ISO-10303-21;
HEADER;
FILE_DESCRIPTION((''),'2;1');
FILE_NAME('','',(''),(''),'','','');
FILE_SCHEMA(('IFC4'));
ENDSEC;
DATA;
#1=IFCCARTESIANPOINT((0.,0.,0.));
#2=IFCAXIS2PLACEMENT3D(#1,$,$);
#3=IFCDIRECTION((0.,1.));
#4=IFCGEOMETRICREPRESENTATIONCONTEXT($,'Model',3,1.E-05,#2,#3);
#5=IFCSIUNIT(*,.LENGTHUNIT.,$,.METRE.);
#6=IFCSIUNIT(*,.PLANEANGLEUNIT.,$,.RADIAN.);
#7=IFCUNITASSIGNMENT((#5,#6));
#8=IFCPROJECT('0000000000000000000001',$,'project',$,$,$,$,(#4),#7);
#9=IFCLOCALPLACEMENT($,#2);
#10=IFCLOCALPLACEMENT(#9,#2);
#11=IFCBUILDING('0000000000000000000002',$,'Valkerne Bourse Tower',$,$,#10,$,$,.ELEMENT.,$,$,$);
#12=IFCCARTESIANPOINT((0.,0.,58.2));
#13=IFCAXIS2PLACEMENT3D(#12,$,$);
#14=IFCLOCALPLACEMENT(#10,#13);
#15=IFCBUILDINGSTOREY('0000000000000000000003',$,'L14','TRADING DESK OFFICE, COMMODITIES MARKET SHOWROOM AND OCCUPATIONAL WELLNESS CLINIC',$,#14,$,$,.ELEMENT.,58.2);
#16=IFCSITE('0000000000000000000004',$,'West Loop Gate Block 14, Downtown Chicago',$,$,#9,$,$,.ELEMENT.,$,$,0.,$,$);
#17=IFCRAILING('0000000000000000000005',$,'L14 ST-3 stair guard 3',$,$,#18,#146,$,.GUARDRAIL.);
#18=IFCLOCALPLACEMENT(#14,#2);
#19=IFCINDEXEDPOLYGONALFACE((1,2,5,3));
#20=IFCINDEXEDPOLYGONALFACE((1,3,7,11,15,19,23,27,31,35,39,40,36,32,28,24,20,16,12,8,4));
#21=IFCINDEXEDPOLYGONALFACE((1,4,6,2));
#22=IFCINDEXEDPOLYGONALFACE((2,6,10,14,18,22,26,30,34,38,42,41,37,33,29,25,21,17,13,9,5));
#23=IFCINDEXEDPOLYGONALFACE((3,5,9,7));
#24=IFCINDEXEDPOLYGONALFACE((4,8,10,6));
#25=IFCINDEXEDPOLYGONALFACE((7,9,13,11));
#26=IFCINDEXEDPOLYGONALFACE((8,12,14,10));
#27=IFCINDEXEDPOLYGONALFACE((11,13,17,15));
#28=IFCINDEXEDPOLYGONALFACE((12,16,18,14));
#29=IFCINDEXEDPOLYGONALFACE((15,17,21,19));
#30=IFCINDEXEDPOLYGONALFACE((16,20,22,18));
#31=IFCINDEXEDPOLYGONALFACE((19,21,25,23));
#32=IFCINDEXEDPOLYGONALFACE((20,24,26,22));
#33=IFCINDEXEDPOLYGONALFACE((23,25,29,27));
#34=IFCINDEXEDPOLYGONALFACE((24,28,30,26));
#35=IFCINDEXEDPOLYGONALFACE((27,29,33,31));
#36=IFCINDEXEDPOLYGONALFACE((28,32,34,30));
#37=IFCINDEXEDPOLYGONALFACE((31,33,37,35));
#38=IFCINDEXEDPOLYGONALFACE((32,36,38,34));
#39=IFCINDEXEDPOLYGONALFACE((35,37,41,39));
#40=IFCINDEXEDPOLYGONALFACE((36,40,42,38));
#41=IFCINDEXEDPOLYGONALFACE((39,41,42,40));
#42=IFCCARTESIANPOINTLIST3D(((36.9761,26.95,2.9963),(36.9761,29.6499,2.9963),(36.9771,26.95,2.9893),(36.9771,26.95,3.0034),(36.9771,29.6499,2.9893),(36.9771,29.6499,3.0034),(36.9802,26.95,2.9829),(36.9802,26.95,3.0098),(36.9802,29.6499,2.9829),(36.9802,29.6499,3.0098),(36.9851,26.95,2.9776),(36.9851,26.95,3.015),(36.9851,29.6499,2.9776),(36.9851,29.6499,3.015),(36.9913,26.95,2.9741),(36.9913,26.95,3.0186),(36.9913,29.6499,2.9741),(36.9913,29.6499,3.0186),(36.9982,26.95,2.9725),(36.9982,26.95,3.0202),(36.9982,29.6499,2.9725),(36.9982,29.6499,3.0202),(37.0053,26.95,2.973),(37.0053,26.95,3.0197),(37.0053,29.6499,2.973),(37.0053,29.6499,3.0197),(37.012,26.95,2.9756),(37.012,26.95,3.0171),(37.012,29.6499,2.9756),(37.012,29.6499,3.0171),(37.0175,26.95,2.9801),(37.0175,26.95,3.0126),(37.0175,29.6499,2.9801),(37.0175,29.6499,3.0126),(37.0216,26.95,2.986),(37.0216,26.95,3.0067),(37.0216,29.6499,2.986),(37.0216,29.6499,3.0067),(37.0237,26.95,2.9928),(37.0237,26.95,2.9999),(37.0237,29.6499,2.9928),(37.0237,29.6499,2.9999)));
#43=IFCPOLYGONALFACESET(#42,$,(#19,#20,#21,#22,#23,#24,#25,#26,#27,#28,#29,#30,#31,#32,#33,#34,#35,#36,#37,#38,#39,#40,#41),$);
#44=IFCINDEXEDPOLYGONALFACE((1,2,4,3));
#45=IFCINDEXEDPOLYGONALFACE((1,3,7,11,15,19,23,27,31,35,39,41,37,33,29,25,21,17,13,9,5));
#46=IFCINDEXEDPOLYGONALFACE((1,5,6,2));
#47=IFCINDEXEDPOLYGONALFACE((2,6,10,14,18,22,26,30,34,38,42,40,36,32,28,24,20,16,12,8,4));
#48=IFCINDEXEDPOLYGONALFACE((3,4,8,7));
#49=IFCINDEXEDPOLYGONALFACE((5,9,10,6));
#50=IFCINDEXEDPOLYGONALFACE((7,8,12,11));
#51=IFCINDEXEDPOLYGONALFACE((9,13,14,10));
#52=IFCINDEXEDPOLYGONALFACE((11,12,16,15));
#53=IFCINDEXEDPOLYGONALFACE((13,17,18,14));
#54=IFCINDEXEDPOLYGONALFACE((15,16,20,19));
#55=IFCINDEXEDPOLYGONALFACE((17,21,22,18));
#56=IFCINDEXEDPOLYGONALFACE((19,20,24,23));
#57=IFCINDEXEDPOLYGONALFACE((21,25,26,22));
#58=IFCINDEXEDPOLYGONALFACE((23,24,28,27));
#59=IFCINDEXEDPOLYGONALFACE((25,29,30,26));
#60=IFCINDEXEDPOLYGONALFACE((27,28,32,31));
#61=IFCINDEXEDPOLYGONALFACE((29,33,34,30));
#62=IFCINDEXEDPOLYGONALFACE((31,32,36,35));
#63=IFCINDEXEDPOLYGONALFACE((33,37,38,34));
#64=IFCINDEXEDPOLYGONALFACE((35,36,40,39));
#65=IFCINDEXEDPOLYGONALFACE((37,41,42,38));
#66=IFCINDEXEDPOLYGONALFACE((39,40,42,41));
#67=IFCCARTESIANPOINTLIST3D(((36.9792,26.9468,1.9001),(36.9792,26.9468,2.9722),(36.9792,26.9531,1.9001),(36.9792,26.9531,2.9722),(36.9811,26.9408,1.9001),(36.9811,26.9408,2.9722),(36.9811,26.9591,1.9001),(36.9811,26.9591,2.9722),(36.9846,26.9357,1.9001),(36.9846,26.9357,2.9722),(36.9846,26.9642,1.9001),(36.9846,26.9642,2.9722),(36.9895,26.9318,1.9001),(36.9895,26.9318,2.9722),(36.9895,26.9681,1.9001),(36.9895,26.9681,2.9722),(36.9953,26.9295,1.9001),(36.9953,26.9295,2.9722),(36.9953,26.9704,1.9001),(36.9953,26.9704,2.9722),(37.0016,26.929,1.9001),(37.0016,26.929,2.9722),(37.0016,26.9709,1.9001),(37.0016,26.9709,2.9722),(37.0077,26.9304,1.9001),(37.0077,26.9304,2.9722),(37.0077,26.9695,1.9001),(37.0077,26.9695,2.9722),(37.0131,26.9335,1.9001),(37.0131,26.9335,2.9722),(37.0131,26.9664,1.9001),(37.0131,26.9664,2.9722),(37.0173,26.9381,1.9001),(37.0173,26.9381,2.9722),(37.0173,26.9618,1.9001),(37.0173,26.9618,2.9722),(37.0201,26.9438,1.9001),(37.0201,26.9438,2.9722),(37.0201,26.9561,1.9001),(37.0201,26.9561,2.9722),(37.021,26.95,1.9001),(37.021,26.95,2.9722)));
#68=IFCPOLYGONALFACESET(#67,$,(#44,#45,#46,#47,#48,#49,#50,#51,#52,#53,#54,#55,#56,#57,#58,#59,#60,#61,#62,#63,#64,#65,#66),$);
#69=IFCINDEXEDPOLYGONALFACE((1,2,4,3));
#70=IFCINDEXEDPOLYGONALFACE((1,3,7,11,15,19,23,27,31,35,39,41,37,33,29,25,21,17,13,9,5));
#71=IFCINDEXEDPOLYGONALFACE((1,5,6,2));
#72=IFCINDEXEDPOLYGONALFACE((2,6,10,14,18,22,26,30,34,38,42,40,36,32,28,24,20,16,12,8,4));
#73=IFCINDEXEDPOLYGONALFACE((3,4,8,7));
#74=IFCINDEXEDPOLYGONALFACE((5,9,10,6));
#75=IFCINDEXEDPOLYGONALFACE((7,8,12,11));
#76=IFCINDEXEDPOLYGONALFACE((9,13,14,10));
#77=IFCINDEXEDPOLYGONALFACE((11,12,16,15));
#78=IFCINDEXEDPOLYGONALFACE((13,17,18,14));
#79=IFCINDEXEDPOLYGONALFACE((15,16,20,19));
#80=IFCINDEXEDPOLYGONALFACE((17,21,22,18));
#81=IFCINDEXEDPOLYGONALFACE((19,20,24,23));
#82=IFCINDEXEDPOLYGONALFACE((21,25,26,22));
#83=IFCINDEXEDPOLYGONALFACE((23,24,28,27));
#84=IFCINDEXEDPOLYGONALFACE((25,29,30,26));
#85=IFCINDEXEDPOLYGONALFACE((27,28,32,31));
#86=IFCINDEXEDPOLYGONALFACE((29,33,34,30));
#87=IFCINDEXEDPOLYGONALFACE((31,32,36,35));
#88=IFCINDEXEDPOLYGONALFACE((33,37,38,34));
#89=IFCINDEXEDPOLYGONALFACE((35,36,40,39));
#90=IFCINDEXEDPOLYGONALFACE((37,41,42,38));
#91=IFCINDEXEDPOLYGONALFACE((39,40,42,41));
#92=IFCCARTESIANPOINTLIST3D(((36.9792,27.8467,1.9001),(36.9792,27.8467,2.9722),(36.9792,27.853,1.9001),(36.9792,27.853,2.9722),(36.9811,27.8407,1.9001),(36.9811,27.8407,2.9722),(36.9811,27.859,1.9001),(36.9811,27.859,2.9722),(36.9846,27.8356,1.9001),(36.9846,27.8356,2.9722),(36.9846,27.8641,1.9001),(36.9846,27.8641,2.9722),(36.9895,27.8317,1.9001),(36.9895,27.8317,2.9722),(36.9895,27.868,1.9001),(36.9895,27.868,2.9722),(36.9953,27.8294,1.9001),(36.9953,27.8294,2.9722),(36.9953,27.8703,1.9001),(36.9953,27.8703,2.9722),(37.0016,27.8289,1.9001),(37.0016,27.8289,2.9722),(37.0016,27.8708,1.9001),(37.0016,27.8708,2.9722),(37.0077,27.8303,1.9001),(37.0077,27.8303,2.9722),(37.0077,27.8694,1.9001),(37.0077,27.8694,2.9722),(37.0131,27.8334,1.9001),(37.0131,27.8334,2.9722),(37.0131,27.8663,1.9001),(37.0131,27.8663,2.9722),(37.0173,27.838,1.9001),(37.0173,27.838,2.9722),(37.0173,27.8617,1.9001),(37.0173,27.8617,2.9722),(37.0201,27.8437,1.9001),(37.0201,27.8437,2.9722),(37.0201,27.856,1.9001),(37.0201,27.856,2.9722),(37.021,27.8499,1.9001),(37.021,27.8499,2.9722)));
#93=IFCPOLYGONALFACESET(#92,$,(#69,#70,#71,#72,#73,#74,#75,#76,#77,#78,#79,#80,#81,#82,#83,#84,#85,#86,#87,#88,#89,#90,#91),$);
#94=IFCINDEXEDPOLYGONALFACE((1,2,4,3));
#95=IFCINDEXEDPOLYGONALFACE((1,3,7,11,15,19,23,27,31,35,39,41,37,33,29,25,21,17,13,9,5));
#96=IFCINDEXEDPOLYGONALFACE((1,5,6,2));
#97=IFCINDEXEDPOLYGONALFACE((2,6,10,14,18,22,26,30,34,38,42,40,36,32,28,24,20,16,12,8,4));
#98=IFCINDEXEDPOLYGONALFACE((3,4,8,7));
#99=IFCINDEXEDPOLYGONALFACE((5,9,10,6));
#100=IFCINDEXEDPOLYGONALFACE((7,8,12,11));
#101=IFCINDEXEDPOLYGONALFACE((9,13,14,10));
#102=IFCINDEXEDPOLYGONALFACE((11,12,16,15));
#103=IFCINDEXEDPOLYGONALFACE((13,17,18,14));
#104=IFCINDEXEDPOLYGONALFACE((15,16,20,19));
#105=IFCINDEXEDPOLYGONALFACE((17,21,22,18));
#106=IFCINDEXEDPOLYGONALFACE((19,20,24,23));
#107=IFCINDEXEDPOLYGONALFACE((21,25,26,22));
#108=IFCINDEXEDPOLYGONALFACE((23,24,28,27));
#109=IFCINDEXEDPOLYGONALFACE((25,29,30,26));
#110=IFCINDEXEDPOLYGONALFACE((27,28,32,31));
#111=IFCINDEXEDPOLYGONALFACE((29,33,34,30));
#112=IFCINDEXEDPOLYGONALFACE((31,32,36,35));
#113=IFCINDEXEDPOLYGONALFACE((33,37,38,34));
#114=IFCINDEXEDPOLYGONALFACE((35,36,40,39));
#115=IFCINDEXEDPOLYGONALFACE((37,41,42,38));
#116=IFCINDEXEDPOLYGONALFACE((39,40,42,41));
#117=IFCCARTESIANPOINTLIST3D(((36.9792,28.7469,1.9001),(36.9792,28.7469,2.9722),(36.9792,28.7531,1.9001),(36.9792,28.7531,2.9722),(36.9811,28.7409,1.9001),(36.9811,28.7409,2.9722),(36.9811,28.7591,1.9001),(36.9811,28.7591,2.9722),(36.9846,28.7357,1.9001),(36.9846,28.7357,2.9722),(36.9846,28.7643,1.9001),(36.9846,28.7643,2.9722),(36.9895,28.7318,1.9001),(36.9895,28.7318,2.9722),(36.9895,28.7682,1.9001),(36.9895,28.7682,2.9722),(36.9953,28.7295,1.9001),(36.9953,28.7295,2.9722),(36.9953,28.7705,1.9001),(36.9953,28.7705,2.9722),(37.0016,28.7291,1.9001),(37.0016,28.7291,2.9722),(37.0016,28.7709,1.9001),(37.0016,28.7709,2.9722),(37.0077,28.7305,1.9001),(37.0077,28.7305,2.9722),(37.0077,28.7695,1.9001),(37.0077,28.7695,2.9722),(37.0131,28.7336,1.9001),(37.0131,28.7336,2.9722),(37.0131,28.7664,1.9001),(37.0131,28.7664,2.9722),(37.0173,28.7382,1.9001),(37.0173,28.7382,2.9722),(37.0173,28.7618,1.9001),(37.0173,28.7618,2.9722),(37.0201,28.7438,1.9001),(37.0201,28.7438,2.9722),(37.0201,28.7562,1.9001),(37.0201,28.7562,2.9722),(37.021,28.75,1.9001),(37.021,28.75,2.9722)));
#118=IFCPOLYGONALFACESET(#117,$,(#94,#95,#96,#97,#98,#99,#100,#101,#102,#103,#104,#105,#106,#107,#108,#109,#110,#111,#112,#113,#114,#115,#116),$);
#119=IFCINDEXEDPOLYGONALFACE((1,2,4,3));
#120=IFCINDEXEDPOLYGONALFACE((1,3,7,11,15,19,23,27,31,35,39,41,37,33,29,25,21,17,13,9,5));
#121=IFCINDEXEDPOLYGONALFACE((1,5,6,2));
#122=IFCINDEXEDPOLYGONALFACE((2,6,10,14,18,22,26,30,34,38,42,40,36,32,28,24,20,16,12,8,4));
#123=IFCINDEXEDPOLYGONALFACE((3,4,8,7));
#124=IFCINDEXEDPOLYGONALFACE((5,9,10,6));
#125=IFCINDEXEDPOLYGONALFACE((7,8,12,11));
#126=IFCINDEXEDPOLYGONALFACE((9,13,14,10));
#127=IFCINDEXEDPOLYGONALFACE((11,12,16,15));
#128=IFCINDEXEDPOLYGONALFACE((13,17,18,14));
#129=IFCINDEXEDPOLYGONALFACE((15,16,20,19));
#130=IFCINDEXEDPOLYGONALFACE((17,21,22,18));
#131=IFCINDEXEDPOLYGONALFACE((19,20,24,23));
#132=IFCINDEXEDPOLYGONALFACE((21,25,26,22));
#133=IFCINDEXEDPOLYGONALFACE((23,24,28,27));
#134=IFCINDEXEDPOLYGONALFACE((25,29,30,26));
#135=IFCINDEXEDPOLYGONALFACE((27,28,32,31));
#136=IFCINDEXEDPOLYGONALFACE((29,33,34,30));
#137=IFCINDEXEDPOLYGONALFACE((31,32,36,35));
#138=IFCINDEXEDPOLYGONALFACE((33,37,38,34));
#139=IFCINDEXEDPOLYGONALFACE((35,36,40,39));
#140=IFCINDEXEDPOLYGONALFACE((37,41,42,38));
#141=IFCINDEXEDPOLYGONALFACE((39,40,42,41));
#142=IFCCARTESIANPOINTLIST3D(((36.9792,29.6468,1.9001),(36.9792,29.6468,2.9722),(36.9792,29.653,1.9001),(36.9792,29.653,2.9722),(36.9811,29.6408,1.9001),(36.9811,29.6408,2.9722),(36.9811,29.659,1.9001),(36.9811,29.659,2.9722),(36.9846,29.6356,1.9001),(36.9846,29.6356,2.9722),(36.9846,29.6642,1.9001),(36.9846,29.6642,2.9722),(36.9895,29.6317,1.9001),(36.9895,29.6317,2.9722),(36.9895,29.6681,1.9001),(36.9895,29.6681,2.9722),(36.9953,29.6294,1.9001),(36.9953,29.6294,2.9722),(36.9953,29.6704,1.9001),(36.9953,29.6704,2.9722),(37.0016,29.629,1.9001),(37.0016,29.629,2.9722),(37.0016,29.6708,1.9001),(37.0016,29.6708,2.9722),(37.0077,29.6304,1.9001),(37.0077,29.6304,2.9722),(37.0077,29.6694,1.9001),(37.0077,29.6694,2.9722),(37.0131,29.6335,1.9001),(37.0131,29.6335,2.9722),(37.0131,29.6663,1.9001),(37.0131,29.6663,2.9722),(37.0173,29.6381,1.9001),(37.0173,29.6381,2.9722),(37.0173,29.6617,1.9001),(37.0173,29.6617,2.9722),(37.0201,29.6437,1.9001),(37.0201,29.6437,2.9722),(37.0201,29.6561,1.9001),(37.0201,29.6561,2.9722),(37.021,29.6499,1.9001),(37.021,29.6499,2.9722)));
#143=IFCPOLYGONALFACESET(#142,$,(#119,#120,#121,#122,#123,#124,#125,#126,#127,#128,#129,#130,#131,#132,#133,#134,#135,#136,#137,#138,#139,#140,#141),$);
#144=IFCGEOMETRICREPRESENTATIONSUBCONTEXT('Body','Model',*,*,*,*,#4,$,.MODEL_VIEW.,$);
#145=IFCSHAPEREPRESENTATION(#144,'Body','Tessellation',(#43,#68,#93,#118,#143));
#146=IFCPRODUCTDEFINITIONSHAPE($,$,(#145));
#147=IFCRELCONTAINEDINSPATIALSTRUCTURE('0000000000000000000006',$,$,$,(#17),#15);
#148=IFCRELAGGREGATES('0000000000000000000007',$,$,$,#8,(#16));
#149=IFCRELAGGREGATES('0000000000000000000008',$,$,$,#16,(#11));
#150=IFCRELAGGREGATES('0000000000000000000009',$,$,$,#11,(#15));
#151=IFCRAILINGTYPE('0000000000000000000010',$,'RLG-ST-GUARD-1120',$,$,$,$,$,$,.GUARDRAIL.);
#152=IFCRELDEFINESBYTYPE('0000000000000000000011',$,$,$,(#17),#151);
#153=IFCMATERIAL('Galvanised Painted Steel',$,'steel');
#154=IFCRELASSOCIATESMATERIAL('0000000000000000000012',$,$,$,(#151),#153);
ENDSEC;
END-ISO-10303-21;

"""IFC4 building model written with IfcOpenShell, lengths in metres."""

from ifc_helpers import new_model, si_unit, direction, frame, origin, origin_2d, place, context, subcontext, project, spatial, circle, extrude, material, type_object, element, save


model = new_model("IFC4")

# Units and contexts
model_context = context("Model", 3, precision=1e-05, world=origin(), true_north=direction((0.0, 1.0)))
body_context = subcontext(model_context, "Body", "Model", "MODEL_VIEW")
ifc_project = project(units=[si_unit("LENGTHUNIT", "METRE"), si_unit("PLANEANGLEUNIT", "RADIAN")], contexts=[model_context])

# Site, building, storey
site_placement = place(None, origin())
site = spatial("IfcSite", under=ifc_project, at=site_placement, Name="West Loop Gate Block 14, Downtown Chicago", CompositionType="ELEMENT", RefElevation=0.0)
building_placement = place(site_placement, origin())
building = spatial("IfcBuilding", under=site, at=building_placement, Name="Valkerne Bourse Tower", CompositionType="ELEMENT")
storey_placement = place(building_placement, frame((0.0, 0.0, 58.2)))
storey = spatial("IfcBuildingStorey", under=building, at=storey_placement, Name="L14", Description="TRADING DESK OFFICE, COMMODITIES MARKET SHOWROOM AND OCCUPATIONAL WELLNESS CLINIC", CompositionType="ELEMENT", Elevation=58.2)

# Railing
ifc_material_1 = material(Name="Galvanised Painted Steel", Category="steel")
railing_type_1 = type_object("IfcRailingType", Name="RLG-ST-GUARD-1120", PredefinedType="GUARDRAIL", material=ifc_material_1)
for number, where, name in (
    (1, (37.0, 26.95, 1.9001), "L14 ST-3 stair guard 3"),
):
    element("IfcRailing", number, at=place(storey_placement, frame(where)), inside=storey, type_object=railing_type_1, Name=name, PredefinedType="GUARDRAIL", context=body_context, shape_type="SweptSolid", body=[
        extrude(circle(Radius=0.0239, at=origin_2d()), frame((0.0, 0.0, 1.0962), z_axis=(0.0, 1.0, 0.0), x_axis=(-1.0, 0.0, 0.0)), (0.0, 0.0, 1.0), 2.7),
        extrude(circle(Radius=0.021, at=origin_2d()), origin(), (0.0, 0.0, 1.0), 1.072),
        extrude(circle(Radius=0.021, at=origin_2d()), frame((0.0, 0.8999, 0.0)), (0.0, 0.0, 1.0), 1.072),
        extrude(circle(Radius=0.021, at=origin_2d()), frame((0.0, 1.8, 0.0)), (0.0, 0.0, 1.0), 1.072),
        extrude(circle(Radius=0.021, at=origin_2d()), frame((0.0, 2.7, 0.0)), (0.0, 0.0, 1.0), 1.072),
    ])

save(model, "model.ifc")
